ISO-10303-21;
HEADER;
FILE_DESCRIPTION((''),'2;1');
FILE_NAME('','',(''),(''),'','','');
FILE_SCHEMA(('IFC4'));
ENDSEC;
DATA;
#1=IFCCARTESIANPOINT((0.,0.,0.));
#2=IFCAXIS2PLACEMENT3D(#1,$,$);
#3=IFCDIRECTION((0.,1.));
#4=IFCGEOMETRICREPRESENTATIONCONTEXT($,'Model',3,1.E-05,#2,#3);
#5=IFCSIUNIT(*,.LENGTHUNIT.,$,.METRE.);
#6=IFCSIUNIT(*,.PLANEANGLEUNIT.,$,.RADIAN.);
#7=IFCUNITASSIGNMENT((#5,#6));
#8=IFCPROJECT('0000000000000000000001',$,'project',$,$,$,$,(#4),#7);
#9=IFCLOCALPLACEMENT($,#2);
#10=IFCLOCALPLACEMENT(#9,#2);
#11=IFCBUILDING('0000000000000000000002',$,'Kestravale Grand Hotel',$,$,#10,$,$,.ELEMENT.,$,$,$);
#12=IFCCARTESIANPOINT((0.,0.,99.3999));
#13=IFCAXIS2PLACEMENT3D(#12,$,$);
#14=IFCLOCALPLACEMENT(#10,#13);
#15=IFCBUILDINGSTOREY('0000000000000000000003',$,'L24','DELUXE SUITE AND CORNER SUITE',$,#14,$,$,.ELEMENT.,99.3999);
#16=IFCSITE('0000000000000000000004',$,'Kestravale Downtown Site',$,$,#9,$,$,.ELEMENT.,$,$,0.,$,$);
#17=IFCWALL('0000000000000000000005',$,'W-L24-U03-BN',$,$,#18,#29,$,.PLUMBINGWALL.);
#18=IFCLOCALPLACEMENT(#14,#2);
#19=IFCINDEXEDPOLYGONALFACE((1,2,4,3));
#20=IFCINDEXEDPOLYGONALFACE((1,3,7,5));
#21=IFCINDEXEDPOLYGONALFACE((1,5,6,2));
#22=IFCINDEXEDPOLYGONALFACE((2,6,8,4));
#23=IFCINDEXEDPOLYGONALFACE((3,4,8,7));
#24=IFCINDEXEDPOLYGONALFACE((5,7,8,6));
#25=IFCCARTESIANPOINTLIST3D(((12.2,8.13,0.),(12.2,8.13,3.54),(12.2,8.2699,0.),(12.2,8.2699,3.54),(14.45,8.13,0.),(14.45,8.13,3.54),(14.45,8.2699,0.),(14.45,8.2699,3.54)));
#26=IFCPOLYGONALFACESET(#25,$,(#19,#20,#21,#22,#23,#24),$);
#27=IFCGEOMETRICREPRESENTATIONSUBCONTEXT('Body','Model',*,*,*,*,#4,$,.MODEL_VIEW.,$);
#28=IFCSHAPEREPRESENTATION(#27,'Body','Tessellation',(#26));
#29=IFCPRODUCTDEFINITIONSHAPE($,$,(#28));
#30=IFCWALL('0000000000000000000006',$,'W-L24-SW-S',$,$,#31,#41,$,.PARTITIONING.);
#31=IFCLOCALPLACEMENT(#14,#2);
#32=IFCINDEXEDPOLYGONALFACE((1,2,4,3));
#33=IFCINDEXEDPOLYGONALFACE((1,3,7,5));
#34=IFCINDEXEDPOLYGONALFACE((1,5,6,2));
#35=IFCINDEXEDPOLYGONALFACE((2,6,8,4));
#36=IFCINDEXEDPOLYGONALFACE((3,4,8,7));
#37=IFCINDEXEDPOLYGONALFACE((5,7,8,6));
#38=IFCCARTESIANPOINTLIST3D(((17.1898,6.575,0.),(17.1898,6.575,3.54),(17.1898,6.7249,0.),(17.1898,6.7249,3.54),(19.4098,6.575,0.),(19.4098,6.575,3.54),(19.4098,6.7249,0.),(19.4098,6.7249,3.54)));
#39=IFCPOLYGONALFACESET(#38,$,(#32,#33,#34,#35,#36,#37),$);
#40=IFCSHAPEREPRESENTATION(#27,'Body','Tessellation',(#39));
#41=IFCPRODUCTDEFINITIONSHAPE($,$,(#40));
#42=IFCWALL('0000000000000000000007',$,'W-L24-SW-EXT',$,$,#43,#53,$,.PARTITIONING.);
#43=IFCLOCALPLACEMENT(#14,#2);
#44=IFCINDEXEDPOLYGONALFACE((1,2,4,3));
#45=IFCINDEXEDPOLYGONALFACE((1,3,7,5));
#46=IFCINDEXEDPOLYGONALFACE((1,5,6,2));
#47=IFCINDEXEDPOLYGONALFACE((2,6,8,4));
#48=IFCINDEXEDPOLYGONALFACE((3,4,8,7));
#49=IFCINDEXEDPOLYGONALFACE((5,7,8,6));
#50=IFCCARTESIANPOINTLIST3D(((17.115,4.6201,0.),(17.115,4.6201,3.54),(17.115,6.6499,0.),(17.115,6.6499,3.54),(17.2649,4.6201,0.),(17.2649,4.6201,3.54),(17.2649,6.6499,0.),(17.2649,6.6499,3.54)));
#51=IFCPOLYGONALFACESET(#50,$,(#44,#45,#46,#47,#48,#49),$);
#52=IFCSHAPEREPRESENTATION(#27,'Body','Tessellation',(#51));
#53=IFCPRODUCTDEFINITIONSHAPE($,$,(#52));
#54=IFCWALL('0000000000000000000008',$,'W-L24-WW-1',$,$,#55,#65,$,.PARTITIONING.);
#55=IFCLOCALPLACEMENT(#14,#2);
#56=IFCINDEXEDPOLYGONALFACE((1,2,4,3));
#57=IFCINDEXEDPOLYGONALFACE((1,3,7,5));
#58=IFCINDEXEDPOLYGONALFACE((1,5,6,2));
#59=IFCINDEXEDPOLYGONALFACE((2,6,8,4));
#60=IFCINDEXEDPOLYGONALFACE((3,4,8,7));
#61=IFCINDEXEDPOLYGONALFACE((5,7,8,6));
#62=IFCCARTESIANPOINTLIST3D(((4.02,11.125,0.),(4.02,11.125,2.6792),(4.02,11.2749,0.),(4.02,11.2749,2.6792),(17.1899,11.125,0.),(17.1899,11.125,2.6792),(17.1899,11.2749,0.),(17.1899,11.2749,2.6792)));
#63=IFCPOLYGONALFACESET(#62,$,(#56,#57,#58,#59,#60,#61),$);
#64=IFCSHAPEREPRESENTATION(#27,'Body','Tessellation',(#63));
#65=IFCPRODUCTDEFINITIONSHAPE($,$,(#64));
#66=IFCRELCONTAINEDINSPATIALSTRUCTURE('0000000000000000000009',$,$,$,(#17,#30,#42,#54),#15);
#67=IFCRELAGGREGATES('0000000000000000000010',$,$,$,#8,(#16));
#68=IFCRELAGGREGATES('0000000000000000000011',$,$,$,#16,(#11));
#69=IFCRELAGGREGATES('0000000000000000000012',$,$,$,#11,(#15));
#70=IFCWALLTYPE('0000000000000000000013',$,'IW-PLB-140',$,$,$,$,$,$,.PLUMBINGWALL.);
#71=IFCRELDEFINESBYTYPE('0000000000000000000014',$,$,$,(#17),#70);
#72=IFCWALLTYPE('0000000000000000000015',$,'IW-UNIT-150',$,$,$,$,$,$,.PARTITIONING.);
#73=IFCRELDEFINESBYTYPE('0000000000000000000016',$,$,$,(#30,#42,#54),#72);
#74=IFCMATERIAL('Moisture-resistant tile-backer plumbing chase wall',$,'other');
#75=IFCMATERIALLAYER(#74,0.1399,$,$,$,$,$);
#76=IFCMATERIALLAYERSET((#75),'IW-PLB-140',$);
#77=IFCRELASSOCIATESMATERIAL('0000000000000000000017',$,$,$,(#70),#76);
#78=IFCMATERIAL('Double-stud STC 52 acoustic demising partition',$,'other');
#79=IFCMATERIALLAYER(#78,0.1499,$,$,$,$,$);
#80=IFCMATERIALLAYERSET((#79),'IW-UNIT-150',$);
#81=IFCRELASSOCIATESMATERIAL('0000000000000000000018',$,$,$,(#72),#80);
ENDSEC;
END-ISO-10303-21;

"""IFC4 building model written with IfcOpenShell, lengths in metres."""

from ifc_helpers import new_model, si_unit, direction, frame, frame_2d, origin, place, context, subcontext, project, spatial, rectangle, extrude, material, layer, layer_set, type_object, element, save


model = new_model("IFC4")

# Units and contexts
model_context = context("Model", 3, precision=1e-05, world=origin(), true_north=direction((0.0, 1.0)))
body_context = subcontext(model_context, "Body", "Model", "MODEL_VIEW")
ifc_project = project(units=[si_unit("LENGTHUNIT", "METRE"), si_unit("PLANEANGLEUNIT", "RADIAN")], contexts=[model_context])

# Site, building, storey
site_placement = place(None, origin())
site = spatial("IfcSite", under=ifc_project, at=site_placement, Name="Kestravale Downtown Site", CompositionType="ELEMENT", RefElevation=0.0)
building_placement = place(site_placement, origin())
building = spatial("IfcBuilding", under=site, at=building_placement, Name="Kestravale Grand Hotel", CompositionType="ELEMENT")
storey_placement = place(building_placement, frame((0.0, 0.0, 99.3999)))
storey = spatial("IfcBuildingStorey", under=building, at=storey_placement, Name="L24", Description="DELUXE SUITE AND CORNER SUITE", CompositionType="ELEMENT", Elevation=99.3999)

# Shared definitions
ifc_material_1 = material(Name="Moisture-resistant tile-backer plumbing chase wall", Category="other")
ifc_layer_1 = layer(ifc_material_1, 0.1399)
ifc_layer_set_1 = layer_set([ifc_layer_1], Name="IW-PLB-140")
wall_type_1 = type_object("IfcWallType", Name="IW-PLB-140", PredefinedType="PLUMBINGWALL", material=ifc_layer_set_1)

# Walls
for number, where, z_axis, x_axis, name in (
    (1, (12.2, 8.2, 0.0), (0.0, 0.0, 1.0), (1.0, 0.0, 0.0), "W-L24-U03-BN"),
):
    element("IfcWall", number, at=place(storey_placement, frame(where, z_axis=z_axis, x_axis=x_axis)), inside=storey, type_object=wall_type_1, Name=name, PredefinedType="PLUMBINGWALL", context=body_context, shape_type="SweptSolid", body=[
        extrude(rectangle(XDim=2.25, YDim=0.1399, at=frame_2d((1.125, 0.0))), origin(), (0.0, 0.0, 1.0), 3.54),
    ])
ifc_material_2 = material(Name="Double-stud STC 52 acoustic demising partition", Category="other")
ifc_layer_2 = layer(ifc_material_2, 0.1499)
ifc_layer_set_2 = layer_set([ifc_layer_2], Name="IW-UNIT-150")
wall_type_2 = type_object("IfcWallType", Name="IW-UNIT-150", PredefinedType="PARTITIONING", material=ifc_layer_set_2)
wall_1_placement = place(storey_placement, frame((17.1899, 6.6499, 0.0), z_axis=(0.0, 0.0, 1.0), x_axis=(1.0, 0.0, 0.0)))
element("IfcWall", 2, at=wall_1_placement, inside=storey, type_object=wall_type_2, Name="W-L24-SW-S", PredefinedType="PARTITIONING", context=body_context, shape_type="SweptSolid", body=[
    extrude(rectangle(XDim=2.22, YDim=0.1499, at=frame_2d((1.1099, 0.0))), origin(), (0.0, 0.0, 1.0), 3.54),
])
wall_2_placement = place(storey_placement, frame((17.1899, 4.6201, 0.0), z_axis=(0.0, 0.0, 1.0), x_axis=(0.0, 1.0, 0.0)))
element("IfcWall", 3, at=wall_2_placement, inside=storey, type_object=wall_type_2, Name="W-L24-SW-EXT", PredefinedType="PARTITIONING", context=body_context, shape_type="SweptSolid", body=[
    extrude(rectangle(XDim=2.0298, YDim=0.1499, at=frame_2d((1.0149, 0.0))), origin(), (0.0, 0.0, 1.0), 3.54),
])
wall_3_placement = place(storey_placement, frame((4.02, 11.2, 0.0), z_axis=(0.0, 0.0, 1.0), x_axis=(1.0, 0.0, 0.0)))
element("IfcWall", 4, at=wall_3_placement, inside=storey, type_object=wall_type_2, Name="W-L24-WW-1", PredefinedType="PARTITIONING", context=body_context, shape_type="SweptSolid", body=[
    extrude(rectangle(XDim=13.1699, YDim=0.1499, at=frame_2d((6.585, 0.0))), origin(), (0.0, 0.0, 1.0), 2.6792),
])

save(model, "model.ifc")
